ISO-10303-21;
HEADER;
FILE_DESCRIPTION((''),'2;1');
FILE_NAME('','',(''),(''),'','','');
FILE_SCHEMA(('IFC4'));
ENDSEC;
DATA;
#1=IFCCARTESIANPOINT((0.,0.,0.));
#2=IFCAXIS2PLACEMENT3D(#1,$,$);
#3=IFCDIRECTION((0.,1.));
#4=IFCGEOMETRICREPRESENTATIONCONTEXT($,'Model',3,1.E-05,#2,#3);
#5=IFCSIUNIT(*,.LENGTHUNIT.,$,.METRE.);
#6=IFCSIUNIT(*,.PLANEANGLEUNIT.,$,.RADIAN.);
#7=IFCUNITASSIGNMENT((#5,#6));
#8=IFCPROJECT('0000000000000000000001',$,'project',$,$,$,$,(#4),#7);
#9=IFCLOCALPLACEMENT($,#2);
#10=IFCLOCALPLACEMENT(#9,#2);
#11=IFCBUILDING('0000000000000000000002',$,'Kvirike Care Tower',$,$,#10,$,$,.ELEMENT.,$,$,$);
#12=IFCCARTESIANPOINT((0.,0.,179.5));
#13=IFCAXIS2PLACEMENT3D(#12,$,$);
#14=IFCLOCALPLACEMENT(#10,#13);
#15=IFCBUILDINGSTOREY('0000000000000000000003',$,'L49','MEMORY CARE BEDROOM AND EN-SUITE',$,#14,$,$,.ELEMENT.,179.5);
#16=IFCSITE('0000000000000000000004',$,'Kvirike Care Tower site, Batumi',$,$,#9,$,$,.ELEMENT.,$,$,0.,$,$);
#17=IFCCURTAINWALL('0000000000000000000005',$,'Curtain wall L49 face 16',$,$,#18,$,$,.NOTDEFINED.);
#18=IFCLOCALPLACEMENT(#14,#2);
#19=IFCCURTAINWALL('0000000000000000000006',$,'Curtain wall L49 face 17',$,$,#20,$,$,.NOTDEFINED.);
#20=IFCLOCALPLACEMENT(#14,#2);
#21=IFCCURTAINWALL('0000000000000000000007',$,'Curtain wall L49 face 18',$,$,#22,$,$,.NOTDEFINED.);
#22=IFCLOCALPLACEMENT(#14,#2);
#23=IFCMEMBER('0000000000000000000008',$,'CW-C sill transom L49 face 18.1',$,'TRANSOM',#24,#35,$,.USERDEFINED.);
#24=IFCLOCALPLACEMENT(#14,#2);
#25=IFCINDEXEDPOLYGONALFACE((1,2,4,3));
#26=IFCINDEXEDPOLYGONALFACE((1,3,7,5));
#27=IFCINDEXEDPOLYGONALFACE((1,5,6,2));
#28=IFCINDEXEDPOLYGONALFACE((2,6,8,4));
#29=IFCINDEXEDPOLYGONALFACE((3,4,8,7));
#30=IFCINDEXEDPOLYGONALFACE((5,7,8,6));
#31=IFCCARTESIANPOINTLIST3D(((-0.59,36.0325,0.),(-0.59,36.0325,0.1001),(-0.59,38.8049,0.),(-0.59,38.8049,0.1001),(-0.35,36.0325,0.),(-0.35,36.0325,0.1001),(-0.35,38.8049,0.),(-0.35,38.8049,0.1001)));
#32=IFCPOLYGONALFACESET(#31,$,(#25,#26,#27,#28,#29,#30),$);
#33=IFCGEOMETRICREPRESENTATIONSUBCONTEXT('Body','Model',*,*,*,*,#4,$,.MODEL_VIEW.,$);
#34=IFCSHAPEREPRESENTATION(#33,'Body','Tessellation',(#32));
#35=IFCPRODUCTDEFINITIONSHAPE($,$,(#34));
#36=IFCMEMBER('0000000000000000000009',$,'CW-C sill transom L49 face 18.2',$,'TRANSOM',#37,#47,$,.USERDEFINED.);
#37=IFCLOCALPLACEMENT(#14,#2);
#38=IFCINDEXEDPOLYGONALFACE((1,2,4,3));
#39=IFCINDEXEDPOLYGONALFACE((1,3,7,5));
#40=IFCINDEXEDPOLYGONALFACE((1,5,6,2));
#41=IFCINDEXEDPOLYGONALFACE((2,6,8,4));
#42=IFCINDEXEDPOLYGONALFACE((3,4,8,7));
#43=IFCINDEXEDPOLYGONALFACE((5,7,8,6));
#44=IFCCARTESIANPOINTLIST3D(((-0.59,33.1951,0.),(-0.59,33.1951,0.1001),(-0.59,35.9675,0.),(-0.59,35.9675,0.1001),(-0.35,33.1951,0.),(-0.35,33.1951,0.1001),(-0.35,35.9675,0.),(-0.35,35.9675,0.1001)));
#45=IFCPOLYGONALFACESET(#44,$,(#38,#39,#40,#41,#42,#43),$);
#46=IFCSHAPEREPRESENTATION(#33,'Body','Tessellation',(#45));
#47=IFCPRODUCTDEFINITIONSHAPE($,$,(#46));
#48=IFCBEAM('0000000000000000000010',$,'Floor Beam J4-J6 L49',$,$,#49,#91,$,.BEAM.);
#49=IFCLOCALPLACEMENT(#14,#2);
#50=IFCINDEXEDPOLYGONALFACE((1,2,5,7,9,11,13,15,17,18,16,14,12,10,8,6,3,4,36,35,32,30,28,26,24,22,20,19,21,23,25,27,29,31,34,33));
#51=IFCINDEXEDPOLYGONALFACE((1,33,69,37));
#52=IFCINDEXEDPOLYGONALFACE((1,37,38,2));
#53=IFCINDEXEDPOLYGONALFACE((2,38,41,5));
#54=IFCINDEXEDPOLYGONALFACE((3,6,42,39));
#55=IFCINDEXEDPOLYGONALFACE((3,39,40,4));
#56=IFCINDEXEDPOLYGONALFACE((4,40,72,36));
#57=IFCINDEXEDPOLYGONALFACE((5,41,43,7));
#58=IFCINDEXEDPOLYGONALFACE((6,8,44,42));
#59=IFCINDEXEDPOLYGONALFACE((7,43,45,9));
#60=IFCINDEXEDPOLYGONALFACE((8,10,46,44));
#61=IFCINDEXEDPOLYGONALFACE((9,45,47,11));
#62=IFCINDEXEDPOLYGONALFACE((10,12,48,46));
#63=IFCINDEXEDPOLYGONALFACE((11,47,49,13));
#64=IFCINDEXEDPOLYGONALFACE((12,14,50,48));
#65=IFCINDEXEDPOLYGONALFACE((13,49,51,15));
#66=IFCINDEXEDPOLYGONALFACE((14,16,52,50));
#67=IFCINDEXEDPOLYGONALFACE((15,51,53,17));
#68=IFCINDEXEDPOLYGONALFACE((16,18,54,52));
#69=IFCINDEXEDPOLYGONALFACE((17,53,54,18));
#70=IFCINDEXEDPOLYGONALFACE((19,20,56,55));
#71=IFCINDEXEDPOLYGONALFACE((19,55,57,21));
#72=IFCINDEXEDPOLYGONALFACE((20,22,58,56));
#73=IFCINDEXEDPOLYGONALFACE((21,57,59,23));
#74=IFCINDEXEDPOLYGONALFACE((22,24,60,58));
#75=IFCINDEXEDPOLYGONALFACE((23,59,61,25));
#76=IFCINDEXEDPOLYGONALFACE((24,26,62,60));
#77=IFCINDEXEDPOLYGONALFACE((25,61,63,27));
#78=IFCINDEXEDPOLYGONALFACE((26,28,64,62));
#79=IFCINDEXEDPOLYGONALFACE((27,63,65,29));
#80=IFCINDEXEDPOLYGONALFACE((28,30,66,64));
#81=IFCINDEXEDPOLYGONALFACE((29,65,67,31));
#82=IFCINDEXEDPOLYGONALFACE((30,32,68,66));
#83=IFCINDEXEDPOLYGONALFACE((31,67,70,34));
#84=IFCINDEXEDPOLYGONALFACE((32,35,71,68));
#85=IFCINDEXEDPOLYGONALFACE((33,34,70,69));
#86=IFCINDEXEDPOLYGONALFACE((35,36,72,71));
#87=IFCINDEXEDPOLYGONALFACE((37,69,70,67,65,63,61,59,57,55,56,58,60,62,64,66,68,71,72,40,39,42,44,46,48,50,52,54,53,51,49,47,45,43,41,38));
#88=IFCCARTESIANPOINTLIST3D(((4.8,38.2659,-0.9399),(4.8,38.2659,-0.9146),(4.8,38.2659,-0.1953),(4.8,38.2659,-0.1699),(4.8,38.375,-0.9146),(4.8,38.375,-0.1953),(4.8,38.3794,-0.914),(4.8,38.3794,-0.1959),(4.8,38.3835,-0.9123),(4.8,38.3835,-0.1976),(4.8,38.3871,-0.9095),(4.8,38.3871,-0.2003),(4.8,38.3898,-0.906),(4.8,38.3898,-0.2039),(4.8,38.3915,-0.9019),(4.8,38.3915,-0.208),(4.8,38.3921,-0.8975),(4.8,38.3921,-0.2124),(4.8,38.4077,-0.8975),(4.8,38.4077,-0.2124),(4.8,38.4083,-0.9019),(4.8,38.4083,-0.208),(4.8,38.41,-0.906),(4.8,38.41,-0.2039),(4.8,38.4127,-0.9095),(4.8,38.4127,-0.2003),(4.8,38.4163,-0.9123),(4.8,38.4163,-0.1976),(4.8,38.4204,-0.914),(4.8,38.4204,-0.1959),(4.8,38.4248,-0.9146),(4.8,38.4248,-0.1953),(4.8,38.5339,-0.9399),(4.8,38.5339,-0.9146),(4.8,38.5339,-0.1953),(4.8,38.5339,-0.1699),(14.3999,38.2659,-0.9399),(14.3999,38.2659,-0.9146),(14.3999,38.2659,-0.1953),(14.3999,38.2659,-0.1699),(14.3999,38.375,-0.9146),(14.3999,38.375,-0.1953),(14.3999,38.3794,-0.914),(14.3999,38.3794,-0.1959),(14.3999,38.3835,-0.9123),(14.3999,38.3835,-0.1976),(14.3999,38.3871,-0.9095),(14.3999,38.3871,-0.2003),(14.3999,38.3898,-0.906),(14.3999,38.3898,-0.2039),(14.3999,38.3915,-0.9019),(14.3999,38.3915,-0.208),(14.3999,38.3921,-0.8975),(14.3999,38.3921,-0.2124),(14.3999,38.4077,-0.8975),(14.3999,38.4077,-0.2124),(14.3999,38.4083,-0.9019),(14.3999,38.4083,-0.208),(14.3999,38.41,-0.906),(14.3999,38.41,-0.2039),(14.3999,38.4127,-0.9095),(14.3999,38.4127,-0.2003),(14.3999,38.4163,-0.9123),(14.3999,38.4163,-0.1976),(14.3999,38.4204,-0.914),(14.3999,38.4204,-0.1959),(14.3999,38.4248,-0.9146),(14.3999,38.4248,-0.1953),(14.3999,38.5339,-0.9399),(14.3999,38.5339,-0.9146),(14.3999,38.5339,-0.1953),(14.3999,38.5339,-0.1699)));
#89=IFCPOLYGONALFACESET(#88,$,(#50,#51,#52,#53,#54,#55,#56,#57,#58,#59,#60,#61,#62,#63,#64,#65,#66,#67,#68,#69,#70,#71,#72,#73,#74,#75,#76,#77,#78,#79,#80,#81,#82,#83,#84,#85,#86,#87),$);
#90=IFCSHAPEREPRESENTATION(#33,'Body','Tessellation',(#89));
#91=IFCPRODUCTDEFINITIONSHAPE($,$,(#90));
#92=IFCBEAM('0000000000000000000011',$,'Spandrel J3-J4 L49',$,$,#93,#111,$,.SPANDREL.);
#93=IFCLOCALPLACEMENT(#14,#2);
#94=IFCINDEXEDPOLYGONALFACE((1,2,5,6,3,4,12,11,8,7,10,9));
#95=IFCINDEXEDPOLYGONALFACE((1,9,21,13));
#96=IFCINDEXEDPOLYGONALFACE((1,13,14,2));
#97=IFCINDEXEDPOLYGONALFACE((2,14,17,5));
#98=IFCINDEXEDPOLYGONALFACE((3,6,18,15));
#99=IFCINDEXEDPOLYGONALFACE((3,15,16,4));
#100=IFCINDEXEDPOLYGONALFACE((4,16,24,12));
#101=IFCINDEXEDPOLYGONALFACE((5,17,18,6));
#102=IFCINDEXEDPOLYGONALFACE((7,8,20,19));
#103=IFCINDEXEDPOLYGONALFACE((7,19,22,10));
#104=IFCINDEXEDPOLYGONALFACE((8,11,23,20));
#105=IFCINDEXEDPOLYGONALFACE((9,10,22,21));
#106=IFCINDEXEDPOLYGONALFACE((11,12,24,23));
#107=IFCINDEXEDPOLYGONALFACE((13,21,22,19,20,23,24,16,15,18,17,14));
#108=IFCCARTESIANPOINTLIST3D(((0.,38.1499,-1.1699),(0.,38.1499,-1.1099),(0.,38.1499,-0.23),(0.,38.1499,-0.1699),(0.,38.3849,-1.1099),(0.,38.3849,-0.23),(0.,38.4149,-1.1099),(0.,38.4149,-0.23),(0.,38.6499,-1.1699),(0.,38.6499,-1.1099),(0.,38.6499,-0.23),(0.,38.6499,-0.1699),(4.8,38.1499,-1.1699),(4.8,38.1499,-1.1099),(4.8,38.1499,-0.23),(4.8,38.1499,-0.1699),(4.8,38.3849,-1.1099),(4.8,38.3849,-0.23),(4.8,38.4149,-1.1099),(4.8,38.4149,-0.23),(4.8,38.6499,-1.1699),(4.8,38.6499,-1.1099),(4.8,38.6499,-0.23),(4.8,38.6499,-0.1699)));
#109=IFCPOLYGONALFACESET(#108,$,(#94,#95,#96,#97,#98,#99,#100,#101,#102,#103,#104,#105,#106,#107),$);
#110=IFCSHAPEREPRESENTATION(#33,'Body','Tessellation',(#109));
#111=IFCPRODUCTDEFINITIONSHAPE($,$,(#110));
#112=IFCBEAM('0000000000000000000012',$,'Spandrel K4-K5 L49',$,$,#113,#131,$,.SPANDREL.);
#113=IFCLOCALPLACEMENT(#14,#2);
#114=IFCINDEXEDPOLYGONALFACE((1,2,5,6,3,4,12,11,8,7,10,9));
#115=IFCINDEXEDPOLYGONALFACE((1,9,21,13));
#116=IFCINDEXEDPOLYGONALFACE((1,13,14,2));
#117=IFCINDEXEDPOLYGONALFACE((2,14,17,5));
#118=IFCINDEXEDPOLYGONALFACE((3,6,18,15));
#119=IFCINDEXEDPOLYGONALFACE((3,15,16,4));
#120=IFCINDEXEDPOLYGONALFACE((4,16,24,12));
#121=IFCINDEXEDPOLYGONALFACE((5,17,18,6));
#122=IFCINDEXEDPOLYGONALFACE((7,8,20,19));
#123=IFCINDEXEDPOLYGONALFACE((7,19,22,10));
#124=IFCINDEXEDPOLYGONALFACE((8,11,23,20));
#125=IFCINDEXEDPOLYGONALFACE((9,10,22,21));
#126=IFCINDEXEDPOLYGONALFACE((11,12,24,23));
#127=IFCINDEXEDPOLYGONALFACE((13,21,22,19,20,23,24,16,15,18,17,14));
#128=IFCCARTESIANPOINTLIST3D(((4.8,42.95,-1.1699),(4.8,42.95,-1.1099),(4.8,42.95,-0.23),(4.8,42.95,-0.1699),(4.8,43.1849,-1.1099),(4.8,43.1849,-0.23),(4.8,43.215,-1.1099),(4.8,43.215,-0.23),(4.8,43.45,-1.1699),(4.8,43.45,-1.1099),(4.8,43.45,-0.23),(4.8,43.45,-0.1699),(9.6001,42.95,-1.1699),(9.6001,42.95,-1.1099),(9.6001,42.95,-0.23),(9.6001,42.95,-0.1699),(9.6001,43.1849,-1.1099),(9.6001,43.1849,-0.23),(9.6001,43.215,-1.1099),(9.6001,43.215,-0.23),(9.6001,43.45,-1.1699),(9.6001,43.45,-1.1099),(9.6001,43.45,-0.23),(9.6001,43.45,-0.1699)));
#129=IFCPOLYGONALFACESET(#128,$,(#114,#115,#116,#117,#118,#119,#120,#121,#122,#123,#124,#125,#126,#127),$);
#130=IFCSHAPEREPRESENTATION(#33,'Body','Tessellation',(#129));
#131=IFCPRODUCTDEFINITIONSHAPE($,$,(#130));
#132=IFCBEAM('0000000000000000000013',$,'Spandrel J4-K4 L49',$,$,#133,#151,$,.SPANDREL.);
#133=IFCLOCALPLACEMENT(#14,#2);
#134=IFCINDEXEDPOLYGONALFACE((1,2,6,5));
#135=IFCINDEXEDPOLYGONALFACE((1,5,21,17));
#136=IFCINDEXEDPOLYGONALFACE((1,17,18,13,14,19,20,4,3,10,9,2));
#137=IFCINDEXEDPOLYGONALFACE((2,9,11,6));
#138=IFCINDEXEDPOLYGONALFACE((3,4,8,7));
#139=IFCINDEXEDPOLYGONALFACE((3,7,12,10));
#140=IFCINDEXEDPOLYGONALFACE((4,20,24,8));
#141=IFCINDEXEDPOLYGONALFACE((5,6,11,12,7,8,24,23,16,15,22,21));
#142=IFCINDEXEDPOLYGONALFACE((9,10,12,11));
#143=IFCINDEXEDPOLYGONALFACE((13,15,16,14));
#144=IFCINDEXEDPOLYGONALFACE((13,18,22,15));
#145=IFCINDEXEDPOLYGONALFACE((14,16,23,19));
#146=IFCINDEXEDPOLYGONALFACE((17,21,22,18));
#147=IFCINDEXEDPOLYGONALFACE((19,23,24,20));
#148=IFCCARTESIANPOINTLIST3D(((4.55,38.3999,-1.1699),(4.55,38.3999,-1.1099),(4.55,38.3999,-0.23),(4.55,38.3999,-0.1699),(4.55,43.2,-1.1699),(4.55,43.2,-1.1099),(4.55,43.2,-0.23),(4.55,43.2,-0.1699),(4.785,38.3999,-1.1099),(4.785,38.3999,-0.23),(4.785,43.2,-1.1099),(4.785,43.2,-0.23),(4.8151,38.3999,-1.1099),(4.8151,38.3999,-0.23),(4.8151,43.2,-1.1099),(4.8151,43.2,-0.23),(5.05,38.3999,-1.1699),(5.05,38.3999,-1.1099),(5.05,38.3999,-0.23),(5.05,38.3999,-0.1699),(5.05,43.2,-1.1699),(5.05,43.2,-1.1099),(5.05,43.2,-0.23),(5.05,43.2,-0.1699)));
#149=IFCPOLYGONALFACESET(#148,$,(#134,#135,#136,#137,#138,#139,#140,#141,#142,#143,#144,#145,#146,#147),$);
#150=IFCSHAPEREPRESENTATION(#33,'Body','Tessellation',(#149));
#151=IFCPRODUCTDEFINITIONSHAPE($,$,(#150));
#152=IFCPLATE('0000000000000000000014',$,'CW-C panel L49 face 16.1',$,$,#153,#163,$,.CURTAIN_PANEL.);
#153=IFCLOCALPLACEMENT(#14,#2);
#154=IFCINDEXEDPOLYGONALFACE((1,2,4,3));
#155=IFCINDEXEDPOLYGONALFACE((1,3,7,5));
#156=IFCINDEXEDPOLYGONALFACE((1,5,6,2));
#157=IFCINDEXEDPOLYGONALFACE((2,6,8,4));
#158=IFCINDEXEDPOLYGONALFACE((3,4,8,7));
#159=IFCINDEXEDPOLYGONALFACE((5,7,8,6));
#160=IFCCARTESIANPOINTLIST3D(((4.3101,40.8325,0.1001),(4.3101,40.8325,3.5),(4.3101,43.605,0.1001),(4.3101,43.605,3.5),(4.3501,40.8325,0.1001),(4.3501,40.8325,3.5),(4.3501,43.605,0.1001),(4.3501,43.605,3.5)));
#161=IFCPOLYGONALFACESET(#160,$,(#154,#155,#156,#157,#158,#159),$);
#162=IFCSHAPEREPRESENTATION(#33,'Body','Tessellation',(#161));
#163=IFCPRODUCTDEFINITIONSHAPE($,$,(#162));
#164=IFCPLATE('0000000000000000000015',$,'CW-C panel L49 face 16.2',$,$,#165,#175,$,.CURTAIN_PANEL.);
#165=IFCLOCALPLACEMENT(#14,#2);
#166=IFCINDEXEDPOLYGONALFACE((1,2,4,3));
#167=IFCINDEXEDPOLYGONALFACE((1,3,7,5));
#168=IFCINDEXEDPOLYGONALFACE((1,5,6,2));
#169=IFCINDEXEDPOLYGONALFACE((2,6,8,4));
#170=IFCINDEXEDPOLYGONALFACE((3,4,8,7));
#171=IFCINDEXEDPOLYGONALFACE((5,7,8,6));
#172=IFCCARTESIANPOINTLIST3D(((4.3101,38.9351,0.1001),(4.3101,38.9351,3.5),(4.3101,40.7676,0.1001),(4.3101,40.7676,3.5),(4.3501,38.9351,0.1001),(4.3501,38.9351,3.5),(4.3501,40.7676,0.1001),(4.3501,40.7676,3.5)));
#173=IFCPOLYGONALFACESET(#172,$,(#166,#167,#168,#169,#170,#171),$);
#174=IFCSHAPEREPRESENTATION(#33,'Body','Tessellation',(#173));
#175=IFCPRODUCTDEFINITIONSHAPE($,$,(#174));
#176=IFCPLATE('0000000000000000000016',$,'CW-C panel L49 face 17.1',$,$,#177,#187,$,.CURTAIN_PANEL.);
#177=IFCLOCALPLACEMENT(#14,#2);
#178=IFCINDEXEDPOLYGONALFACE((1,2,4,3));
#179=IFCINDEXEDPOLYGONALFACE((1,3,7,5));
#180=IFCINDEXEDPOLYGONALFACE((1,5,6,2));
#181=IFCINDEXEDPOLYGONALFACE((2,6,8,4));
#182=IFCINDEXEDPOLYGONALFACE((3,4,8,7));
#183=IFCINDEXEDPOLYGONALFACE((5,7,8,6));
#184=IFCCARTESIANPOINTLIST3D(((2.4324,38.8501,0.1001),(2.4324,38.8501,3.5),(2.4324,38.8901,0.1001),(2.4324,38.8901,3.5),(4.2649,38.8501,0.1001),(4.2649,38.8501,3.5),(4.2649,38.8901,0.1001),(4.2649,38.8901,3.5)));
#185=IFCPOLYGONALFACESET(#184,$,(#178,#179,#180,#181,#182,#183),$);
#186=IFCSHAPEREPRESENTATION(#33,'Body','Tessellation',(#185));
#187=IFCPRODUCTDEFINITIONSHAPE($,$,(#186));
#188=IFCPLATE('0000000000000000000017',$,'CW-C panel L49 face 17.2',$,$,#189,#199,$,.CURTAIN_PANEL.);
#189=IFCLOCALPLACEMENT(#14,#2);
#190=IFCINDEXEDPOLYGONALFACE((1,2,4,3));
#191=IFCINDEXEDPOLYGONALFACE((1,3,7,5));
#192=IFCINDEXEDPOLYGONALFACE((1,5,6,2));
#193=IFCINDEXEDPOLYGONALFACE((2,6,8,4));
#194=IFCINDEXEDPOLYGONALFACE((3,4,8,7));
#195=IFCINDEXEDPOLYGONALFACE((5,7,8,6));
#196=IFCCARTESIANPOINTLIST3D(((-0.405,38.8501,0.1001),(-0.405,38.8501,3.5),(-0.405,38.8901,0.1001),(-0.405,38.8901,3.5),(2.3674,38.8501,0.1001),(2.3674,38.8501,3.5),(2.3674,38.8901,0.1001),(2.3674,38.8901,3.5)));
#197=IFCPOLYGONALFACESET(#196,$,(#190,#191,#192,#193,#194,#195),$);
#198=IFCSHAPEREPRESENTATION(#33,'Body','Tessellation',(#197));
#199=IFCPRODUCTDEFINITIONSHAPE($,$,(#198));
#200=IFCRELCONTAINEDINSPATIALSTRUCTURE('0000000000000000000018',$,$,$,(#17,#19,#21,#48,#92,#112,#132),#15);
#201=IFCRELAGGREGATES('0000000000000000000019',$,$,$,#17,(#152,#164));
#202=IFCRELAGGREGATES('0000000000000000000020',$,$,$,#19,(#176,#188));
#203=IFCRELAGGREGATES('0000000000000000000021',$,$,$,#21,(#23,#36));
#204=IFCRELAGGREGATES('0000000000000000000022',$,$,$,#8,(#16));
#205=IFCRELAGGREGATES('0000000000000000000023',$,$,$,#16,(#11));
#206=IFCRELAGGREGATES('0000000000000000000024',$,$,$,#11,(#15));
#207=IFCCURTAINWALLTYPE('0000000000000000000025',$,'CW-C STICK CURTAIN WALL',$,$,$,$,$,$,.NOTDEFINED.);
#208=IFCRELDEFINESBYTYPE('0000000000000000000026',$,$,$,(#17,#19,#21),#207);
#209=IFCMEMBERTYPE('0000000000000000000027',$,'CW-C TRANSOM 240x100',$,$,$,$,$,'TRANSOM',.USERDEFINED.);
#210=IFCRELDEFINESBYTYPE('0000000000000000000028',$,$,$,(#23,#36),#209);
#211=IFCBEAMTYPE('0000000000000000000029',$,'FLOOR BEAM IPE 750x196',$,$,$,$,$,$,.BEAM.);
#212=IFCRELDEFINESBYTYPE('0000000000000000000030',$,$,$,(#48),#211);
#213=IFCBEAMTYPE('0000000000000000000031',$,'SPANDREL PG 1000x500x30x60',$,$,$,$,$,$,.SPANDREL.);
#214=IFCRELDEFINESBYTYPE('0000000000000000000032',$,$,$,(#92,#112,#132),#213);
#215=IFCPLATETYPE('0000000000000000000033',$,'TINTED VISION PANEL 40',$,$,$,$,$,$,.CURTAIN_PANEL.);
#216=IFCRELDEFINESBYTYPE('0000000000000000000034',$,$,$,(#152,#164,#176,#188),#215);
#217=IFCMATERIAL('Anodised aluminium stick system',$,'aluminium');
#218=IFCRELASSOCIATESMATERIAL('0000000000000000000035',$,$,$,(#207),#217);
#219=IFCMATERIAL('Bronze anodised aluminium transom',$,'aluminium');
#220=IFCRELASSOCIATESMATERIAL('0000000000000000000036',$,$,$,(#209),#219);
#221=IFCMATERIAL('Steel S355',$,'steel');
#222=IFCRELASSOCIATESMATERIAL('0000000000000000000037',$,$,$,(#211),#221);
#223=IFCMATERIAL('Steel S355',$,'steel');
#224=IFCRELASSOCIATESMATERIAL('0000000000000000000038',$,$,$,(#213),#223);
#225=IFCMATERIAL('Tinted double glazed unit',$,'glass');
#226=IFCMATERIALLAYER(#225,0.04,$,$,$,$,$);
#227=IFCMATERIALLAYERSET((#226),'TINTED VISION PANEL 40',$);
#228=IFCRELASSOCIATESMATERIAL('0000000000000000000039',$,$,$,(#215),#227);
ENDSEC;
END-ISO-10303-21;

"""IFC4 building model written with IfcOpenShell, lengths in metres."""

from ifc_helpers import new_model, si_unit, direction, frame, origin, origin_2d, place, context, subcontext, project, spatial, rectangle, i_section, extrude, material, layer, layer_set, material_profile, profile_set, type_object, element, aggregate, save


model = new_model("IFC4")

# Units and contexts
model_context = context("Model", 3, precision=1e-05, world=origin(), true_north=direction((0.0, 1.0)))
body_context = subcontext(model_context, "Body", "Model", "MODEL_VIEW")
ifc_project = project(units=[si_unit("LENGTHUNIT", "METRE"), si_unit("PLANEANGLEUNIT", "RADIAN")], contexts=[model_context])

# Site, building, storey
site_placement = place(None, origin())
site = spatial("IfcSite", under=ifc_project, at=site_placement, Name="Kvirike Care Tower site, Batumi", CompositionType="ELEMENT", RefElevation=0.0)
building_placement = place(site_placement, origin())
building = spatial("IfcBuilding", under=site, at=building_placement, Name="Kvirike Care Tower", CompositionType="ELEMENT")
storey_placement = place(building_placement, frame((0.0, 0.0, 179.5)))
storey = spatial("IfcBuildingStorey", under=building, at=storey_placement, Name="L49", Description="MEMORY CARE BEDROOM AND EN-SUITE", CompositionType="ELEMENT", Elevation=179.5)

# Curtain walls
ifc_material_1 = material(Name="Anodised aluminium stick system", Category="aluminium")
curtain_wall_type = type_object("IfcCurtainWallType", Name="CW-C STICK CURTAIN WALL", PredefinedType="NOTDEFINED", material=ifc_material_1)
curtain_wall_1_placement = place(storey_placement, origin())
curtain_wall_1 = element("IfcCurtainWall", 1, at=curtain_wall_1_placement, inside=storey, type_object=curtain_wall_type, Name="Curtain wall L49 face 16", PredefinedType="NOTDEFINED")
curtain_wall_2_placement = place(storey_placement, origin())
curtain_wall_2 = element("IfcCurtainWall", 2, at=curtain_wall_2_placement, inside=storey, type_object=curtain_wall_type, Name="Curtain wall L49 face 17", PredefinedType="NOTDEFINED")
curtain_wall_3_placement = place(storey_placement, origin())
curtain_wall_3 = element("IfcCurtainWall", 3, at=curtain_wall_3_placement, inside=storey, type_object=curtain_wall_type, Name="Curtain wall L49 face 18", PredefinedType="NOTDEFINED")

# Members
ifc_material_2 = material(Name="Bronze anodised aluminium transom", Category="aluminium")
ifc_material_profile_1 = material_profile(ifc_material_2, rectangle(XDim=0.24, YDim=0.1001, at=origin_2d()), Name="CW-C TRANSOM 240x100")
ifc_profile_set_1 = profile_set([ifc_material_profile_1], Name="Bronze anodised aluminium transom")
member_type_1 = type_object("IfcMemberType", Name="CW-C TRANSOM 240x100", ElementType="TRANSOM", PredefinedType="USERDEFINED", material=ifc_profile_set_1)
member_1_placement = place(storey_placement, frame((-0.47, 38.8049, 0.05), z_axis=(0.0, -1.0, 0.0), x_axis=(1.0, 0.0, 0.0)))
member_1 = element("IfcMember", 4, at=member_1_placement, type_object=member_type_1, Name="CW-C sill transom L49 face 18.1", ObjectType="TRANSOM", PredefinedType="USERDEFINED", context=body_context, shape_type="SweptSolid", body=[
    extrude(rectangle(XDim=0.24, YDim=0.1001, at=origin_2d()), origin(), (0.0, 0.0, 1.0), 2.7725),
])
member_2_placement = place(storey_placement, frame((-0.47, 35.9675, 0.05), z_axis=(0.0, -1.0, 0.0), x_axis=(1.0, 0.0, 0.0)))
member_2 = element("IfcMember", 5, at=member_2_placement, type_object=member_type_1, Name="CW-C sill transom L49 face 18.2", ObjectType="TRANSOM", PredefinedType="USERDEFINED", context=body_context, shape_type="SweptSolid", body=[
    extrude(rectangle(XDim=0.24, YDim=0.1001, at=origin_2d()), origin(), (0.0, 0.0, 1.0), 2.7725),
])

# Beams
ifc_material_3 = material(Name="Steel S355", Category="steel")
ifc_material_profile_2 = material_profile(ifc_material_3, i_section(OverallWidth=0.2681, OverallDepth=0.77, WebThickness=0.0156, FlangeThickness=0.0254, FilletRadius=0.0171, at=origin_2d()), Name="IPE 750x196")
ifc_profile_set_2 = profile_set([ifc_material_profile_2], Name="Steel S355")
beam_type_1 = type_object("IfcBeamType", Name="FLOOR BEAM IPE 750x196", PredefinedType="BEAM", material=ifc_profile_set_2)
beam_placement = place(storey_placement, frame((4.8, 38.3999, -0.5549), z_axis=(1.0, 0.0, 0.0), x_axis=(0.0, 1.0, 0.0)))
element("IfcBeam", 6, at=beam_placement, inside=storey, type_object=beam_type_1, Name="Floor Beam J4-J6 L49", PredefinedType="BEAM", context=body_context, shape_type="SweptSolid", body=[
    extrude(i_section(OverallWidth=0.2681, OverallDepth=0.77, WebThickness=0.0156, FlangeThickness=0.0254, FilletRadius=0.0171, at=origin_2d()), origin(), (0.0, 0.0, 1.0), 9.5999),
])
ifc_material_4 = material(Name="Steel S355", Category="steel")
ifc_material_profile_3 = material_profile(ifc_material_4, i_section(OverallWidth=0.5, OverallDepth=1.0, WebThickness=0.03, FlangeThickness=0.0601, at=origin_2d()), Name="PG 1000x500x30x60")
ifc_profile_set_3 = profile_set([ifc_material_profile_3], Name="Steel S355")
beam_type_2 = type_object("IfcBeamType", Name="SPANDREL PG 1000x500x30x60", PredefinedType="SPANDREL", material=ifc_profile_set_3)
for number, where, z_axis, x_axis, name in (
    (7, (0.0, 38.3999, -0.6699), (1.0, 0.0, 0.0), (0.0, 1.0, 0.0), "Spandrel J3-J4 L49"),
    (8, (4.8, 43.2, -0.6699), (1.0, 0.0, 0.0), (0.0, 1.0, 0.0), "Spandrel K4-K5 L49"),
    (9, (4.8, 38.3999, -0.6699), (0.0, 1.0, 0.0), (-1.0, 0.0, 0.0), "Spandrel J4-K4 L49"),
):
    element("IfcBeam", number, at=place(storey_placement, frame(where, z_axis=z_axis, x_axis=x_axis)), inside=storey, type_object=beam_type_2, Name=name, PredefinedType="SPANDREL", context=body_context, shape_type="SweptSolid", body=[
        extrude(i_section(OverallWidth=0.5, OverallDepth=1.0, WebThickness=0.03, FlangeThickness=0.0601, at=origin_2d()), origin(), (0.0, 0.0, 1.0), 4.8),
    ])

# Plates
ifc_material_5 = material(Name="Tinted double glazed unit", Category="glass")
ifc_layer_1 = layer(ifc_material_5, 0.04)
ifc_layer_set_1 = layer_set([ifc_layer_1], Name="TINTED VISION PANEL 40")
plate_type = type_object("IfcPlateType", Name="TINTED VISION PANEL 40", PredefinedType="CURTAIN_PANEL", material=ifc_layer_set_1)
plate_1_placement = place(storey_placement, frame((4.3301, 42.2188, 0.1001), z_axis=(0.0, 0.0, 1.0), x_axis=(0.0, -1.0, 0.0)))
plate_1 = element("IfcPlate", 10, at=plate_1_placement, type_object=plate_type, Name="CW-C panel L49 face 16.1", PredefinedType="CURTAIN_PANEL", context=body_context, shape_type="SweptSolid", body=[
    extrude(rectangle(XDim=2.7725, YDim=0.04, at=origin_2d()), origin(), (0.0, 0.0, 1.0), 3.3999),
])
plate_2_placement = place(storey_placement, frame((4.3301, 39.8513, 0.1001), z_axis=(0.0, 0.0, 1.0), x_axis=(0.0, -1.0, 0.0)))
plate_2 = element("IfcPlate", 11, at=plate_2_placement, type_object=plate_type, Name="CW-C panel L49 face 16.2", PredefinedType="CURTAIN_PANEL", context=body_context, shape_type="SweptSolid", body=[
    extrude(rectangle(XDim=1.8325, YDim=0.04, at=origin_2d()), origin(), (0.0, 0.0, 1.0), 3.3999),
])
aggregate(curtain_wall_1, [plate_1, plate_2])
plate_3_placement = place(storey_placement, frame((3.3486, 38.8701, 0.1001), z_axis=(0.0, 0.0, 1.0), x_axis=(-1.0, 0.0, 0.0)))
plate_3 = element("IfcPlate", 12, at=plate_3_placement, type_object=plate_type, Name="CW-C panel L49 face 17.1", PredefinedType="CURTAIN_PANEL", context=body_context, shape_type="SweptSolid", body=[
    extrude(rectangle(XDim=1.8325, YDim=0.04, at=origin_2d()), origin(), (0.0, 0.0, 1.0), 3.3999),
])
plate_4_placement = place(storey_placement, frame((0.9812, 38.8701, 0.1001), z_axis=(0.0, 0.0, 1.0), x_axis=(-1.0, 0.0, 0.0)))
plate_4 = element("IfcPlate", 13, at=plate_4_placement, type_object=plate_type, Name="CW-C panel L49 face 17.2", PredefinedType="CURTAIN_PANEL", context=body_context, shape_type="SweptSolid", body=[
    extrude(rectangle(XDim=2.7725, YDim=0.04, at=origin_2d()), origin(), (0.0, 0.0, 1.0), 3.3999),
])
aggregate(curtain_wall_2, [plate_3, plate_4])
aggregate(curtain_wall_3, [member_1, member_2])

save(model, "model.ifc")
